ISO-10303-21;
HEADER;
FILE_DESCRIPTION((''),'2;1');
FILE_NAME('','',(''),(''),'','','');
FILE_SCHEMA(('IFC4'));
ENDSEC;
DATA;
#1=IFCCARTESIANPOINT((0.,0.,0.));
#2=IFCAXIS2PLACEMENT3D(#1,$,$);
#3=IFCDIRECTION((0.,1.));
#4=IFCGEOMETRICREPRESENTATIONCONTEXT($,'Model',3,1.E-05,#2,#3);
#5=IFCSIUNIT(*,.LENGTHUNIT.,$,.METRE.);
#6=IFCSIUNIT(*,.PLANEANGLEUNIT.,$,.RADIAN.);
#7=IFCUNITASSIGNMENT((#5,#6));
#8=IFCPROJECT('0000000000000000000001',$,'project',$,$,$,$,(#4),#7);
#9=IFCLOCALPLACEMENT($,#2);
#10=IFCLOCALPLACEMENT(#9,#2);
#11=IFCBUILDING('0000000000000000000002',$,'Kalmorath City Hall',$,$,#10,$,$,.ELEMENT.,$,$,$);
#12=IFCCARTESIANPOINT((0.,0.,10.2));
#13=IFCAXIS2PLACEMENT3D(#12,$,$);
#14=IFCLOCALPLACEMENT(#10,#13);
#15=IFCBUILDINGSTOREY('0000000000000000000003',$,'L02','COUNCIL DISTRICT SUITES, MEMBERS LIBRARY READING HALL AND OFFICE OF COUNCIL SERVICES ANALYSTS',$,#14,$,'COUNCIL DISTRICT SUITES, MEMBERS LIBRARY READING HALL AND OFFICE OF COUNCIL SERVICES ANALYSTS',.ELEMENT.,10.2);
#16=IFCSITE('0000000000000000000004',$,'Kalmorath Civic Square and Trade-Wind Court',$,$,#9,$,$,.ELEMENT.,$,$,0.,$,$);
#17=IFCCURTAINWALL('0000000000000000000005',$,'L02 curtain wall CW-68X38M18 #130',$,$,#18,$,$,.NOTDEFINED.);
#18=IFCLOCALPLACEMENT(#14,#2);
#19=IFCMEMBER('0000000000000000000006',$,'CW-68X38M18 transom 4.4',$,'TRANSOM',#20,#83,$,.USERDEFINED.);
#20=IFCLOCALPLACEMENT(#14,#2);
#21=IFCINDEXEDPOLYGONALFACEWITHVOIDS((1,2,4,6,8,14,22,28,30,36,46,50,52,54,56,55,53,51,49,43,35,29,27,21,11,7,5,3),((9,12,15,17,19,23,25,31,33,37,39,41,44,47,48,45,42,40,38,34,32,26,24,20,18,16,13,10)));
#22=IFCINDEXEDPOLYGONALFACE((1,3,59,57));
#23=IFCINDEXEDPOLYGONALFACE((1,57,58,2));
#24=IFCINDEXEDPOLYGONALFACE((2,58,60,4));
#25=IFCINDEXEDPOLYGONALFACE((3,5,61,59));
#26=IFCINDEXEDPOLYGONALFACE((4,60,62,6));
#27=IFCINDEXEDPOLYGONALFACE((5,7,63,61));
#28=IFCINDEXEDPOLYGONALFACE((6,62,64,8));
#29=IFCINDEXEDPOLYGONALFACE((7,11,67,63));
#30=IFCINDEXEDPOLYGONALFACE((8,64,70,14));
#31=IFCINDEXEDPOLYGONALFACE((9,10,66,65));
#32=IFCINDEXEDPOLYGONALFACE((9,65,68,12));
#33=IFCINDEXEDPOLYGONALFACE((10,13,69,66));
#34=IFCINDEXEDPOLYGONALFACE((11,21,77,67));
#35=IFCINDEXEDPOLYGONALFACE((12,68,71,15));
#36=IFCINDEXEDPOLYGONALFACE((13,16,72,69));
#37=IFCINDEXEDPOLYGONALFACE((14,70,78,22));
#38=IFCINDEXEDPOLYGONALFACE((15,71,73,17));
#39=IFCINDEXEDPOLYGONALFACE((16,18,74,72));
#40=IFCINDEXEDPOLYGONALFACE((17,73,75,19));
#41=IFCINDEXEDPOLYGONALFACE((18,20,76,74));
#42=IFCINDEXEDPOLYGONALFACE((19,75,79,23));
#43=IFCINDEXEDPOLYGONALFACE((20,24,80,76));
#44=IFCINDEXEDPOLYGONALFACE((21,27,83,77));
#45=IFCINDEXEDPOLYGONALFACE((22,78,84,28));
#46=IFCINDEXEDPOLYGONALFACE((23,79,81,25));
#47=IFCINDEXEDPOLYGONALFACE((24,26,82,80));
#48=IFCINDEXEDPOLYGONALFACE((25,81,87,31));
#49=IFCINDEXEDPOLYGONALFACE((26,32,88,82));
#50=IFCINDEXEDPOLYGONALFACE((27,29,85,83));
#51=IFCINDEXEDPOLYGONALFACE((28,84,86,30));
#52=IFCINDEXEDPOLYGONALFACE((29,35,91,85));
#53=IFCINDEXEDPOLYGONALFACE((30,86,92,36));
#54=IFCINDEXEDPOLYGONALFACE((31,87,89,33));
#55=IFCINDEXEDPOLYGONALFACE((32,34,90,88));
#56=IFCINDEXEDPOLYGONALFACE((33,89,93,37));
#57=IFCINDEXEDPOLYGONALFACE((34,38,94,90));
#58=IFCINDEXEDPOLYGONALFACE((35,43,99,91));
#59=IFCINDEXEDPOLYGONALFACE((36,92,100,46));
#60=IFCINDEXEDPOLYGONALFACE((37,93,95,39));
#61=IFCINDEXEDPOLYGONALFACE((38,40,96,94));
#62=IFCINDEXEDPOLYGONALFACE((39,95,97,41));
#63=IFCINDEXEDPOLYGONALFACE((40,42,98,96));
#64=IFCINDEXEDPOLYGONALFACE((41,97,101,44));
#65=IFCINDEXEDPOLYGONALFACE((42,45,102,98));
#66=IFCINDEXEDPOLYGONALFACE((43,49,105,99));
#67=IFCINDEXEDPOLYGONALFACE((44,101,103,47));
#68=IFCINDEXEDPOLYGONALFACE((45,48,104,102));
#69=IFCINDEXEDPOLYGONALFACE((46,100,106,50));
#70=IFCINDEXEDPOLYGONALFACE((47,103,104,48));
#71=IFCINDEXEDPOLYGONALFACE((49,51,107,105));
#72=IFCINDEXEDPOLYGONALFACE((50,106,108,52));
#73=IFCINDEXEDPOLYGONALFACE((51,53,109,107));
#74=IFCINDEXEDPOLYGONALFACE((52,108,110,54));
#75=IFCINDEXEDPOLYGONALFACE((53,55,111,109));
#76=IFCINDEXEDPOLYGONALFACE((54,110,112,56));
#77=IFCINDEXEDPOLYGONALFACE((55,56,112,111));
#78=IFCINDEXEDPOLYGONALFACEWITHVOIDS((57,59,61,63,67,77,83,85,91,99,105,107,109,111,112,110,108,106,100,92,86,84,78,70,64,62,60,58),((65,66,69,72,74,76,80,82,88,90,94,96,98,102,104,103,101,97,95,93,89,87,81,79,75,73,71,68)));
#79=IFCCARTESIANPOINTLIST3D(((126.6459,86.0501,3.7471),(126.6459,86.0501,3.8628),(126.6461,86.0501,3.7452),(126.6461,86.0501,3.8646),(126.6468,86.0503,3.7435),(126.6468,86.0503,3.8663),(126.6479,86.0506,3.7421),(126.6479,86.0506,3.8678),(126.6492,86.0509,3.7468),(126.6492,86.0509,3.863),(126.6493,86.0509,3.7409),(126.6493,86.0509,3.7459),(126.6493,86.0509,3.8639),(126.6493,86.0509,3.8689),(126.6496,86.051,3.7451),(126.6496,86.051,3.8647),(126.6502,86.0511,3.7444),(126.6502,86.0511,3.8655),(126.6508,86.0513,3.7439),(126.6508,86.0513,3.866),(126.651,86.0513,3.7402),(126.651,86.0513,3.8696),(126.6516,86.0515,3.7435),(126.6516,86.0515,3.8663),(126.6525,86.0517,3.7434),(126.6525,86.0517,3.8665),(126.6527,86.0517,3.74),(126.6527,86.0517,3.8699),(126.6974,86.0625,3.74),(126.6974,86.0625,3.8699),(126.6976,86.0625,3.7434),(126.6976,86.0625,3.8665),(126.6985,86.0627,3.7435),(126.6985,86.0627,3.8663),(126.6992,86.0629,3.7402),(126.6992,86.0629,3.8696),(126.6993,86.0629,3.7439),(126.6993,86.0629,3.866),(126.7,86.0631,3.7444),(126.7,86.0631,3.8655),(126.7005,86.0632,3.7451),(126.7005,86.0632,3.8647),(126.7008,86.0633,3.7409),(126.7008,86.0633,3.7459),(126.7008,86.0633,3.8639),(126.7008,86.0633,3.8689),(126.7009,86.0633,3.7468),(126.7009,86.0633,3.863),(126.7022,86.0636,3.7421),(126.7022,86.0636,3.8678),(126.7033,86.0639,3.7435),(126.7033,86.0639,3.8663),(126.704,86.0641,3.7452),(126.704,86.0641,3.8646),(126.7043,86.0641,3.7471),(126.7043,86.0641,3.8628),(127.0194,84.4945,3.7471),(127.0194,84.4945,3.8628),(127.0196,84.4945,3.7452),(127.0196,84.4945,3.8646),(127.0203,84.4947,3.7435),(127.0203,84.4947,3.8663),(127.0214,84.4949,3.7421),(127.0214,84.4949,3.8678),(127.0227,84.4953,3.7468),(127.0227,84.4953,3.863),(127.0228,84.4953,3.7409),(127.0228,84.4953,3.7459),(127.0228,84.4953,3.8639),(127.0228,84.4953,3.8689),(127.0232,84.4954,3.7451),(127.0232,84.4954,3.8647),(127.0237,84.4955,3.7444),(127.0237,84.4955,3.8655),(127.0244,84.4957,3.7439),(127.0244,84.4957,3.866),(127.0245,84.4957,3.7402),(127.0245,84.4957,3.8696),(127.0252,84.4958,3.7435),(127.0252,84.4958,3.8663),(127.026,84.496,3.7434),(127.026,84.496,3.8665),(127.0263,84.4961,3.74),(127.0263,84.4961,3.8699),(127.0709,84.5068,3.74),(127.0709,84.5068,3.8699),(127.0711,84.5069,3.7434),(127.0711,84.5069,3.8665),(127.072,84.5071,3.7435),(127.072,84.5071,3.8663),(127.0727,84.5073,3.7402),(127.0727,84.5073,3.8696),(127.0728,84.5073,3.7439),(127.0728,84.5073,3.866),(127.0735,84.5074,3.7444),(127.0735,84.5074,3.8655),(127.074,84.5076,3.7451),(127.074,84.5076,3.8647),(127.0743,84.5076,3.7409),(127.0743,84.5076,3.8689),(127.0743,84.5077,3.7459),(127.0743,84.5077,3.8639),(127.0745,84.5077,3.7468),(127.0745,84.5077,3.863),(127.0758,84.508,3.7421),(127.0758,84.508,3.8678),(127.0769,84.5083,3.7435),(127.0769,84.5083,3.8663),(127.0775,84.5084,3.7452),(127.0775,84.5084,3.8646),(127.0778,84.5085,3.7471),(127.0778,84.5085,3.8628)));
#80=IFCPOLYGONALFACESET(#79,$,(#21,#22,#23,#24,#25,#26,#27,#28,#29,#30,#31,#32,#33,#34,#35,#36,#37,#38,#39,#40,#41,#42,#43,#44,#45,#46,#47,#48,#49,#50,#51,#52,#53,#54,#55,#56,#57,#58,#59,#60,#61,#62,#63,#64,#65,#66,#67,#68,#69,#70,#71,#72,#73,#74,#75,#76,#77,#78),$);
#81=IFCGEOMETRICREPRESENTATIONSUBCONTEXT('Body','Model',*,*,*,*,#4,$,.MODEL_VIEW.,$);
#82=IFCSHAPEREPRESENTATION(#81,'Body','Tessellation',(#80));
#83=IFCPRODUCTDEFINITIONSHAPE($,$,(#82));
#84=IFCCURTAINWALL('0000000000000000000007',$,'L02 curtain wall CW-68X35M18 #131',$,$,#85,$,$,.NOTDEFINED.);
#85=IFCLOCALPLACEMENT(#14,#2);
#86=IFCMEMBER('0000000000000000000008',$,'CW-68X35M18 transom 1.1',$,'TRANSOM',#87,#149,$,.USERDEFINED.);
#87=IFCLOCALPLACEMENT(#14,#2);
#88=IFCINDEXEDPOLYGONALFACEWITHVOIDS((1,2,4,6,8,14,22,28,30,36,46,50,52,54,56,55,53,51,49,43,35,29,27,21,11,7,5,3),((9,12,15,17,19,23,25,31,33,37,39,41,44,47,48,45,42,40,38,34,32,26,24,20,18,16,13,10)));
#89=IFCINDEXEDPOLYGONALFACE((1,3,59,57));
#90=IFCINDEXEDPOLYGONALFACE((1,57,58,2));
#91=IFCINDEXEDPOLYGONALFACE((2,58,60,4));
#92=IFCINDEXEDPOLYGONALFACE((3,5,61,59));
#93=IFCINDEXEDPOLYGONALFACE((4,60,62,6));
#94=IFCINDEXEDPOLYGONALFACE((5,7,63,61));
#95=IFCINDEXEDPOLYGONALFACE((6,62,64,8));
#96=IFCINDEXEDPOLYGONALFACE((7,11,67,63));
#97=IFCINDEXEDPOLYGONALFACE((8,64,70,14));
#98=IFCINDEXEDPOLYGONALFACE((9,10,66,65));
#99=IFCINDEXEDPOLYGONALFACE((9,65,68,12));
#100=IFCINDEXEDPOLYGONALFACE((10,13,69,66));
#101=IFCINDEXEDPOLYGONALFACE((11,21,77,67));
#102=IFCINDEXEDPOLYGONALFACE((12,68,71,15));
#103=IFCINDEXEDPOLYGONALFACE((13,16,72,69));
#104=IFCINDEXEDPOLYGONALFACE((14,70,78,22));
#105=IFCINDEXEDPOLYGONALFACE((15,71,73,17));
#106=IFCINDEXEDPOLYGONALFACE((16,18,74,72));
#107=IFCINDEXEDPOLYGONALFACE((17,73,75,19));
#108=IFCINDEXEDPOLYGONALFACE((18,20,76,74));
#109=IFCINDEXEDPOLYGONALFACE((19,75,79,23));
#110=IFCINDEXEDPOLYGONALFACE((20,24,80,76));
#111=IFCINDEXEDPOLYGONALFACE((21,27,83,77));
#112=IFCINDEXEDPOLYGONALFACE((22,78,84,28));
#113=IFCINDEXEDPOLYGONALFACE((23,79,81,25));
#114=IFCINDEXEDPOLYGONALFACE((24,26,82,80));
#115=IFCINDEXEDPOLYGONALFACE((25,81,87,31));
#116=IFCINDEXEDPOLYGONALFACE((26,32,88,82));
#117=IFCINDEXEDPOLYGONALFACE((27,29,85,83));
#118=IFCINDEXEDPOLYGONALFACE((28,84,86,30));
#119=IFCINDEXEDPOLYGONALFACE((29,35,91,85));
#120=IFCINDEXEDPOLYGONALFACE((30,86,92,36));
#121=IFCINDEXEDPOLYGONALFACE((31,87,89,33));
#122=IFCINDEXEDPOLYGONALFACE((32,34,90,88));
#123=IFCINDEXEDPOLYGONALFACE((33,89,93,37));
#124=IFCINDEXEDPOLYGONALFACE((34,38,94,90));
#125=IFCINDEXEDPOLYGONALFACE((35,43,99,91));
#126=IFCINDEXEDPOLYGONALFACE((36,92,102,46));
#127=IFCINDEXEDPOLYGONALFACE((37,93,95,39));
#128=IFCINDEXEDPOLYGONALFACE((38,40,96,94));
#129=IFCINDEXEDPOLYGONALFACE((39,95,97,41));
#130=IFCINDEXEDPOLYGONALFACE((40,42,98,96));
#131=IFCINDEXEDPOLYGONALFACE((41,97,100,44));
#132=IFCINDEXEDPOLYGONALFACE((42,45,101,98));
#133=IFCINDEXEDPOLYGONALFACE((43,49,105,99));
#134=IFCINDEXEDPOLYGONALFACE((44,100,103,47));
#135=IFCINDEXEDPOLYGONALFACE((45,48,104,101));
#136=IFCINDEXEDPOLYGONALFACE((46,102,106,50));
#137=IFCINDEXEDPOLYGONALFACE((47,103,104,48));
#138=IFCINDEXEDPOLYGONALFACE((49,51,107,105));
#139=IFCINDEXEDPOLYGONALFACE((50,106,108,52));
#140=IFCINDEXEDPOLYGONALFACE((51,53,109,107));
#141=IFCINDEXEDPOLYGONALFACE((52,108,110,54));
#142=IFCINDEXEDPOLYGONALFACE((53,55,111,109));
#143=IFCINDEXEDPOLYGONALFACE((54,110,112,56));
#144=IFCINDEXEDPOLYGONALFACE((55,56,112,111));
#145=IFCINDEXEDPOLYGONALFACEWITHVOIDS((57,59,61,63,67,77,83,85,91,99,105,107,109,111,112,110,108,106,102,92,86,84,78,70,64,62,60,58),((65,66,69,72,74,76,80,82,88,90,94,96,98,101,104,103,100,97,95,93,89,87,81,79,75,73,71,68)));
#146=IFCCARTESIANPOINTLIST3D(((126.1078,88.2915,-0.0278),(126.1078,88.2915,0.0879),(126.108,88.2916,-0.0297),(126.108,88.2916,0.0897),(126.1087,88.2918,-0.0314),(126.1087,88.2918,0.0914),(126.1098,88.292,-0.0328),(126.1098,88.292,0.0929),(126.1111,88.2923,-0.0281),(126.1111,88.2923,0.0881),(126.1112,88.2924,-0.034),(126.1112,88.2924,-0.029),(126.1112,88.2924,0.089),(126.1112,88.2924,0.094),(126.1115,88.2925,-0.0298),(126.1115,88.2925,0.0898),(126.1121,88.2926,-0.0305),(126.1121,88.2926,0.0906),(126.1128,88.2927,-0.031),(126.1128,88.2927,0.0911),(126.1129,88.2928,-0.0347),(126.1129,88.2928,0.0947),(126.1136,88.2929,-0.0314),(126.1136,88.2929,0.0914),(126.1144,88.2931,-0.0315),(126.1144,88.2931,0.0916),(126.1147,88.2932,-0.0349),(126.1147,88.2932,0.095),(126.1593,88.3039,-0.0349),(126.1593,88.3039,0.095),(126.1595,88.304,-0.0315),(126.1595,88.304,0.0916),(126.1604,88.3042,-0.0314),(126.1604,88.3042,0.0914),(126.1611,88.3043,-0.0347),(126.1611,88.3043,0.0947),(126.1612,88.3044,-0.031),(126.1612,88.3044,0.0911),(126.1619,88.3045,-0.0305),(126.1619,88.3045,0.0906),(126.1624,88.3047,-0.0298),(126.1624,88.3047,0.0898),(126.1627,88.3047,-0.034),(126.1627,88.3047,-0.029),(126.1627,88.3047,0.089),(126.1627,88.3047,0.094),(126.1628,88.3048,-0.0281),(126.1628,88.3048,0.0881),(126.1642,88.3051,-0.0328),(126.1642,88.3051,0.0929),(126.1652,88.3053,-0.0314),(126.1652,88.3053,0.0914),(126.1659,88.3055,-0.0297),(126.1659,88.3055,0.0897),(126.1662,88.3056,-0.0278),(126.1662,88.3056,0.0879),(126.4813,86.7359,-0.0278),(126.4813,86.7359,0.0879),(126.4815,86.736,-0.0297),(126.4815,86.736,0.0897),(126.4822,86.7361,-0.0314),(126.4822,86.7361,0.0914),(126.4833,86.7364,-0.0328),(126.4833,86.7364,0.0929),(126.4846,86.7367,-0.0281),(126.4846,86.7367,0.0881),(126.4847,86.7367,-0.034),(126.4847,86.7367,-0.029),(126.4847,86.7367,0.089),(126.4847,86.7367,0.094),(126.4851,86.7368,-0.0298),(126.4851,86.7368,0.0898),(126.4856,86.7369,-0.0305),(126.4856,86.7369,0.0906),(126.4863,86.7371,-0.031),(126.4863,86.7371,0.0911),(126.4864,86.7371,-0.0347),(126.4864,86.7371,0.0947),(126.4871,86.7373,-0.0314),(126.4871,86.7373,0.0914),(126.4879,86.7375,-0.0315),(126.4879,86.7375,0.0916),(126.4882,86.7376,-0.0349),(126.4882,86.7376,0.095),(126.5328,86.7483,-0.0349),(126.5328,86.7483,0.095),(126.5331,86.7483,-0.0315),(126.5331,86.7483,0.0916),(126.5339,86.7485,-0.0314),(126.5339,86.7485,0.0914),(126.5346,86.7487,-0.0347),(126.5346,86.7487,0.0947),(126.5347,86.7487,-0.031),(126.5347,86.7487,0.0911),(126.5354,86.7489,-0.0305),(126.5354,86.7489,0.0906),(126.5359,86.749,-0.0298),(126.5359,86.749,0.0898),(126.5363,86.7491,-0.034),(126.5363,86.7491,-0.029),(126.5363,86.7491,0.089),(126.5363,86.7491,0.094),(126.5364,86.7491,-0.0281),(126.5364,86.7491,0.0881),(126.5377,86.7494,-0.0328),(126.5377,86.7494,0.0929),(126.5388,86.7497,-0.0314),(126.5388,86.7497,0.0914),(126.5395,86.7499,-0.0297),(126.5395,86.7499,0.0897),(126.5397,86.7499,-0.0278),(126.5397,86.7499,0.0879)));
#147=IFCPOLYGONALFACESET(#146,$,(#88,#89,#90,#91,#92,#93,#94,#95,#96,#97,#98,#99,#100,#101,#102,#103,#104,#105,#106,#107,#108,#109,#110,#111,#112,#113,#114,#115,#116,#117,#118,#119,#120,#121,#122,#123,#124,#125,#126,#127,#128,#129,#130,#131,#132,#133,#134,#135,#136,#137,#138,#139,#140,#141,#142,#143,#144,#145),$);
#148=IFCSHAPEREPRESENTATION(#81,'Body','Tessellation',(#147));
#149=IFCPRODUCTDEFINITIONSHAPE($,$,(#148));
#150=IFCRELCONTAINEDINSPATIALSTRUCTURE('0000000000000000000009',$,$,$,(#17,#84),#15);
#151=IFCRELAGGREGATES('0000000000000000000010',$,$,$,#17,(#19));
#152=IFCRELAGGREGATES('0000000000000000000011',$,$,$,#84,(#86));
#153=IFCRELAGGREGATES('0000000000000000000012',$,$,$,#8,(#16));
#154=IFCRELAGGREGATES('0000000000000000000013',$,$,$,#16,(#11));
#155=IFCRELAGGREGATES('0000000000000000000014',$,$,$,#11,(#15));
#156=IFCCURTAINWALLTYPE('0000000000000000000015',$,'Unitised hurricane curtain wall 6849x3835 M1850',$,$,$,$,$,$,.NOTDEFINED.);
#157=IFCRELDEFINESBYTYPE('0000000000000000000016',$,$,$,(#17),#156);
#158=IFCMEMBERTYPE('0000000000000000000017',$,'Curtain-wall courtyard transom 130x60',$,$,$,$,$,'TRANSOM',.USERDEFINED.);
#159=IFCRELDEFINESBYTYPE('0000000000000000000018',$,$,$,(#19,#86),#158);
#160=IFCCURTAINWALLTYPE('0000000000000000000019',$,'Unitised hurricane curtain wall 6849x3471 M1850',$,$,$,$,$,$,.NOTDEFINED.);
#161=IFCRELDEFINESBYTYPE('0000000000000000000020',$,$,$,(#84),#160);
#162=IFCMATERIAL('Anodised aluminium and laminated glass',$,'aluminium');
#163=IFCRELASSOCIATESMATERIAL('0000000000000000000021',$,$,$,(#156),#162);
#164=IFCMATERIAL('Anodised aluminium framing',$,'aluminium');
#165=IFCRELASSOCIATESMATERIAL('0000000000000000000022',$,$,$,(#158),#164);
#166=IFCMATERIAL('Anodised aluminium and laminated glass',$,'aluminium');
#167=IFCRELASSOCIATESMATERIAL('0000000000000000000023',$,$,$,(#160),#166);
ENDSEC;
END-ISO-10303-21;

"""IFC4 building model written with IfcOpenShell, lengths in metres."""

from ifc_helpers import new_model, si_unit, direction, frame, origin, origin_2d, place, context, subcontext, project, spatial, hollow_rectangle, extrude, material, material_profile, profile_set, type_object, element, aggregate, save


model = new_model("IFC4")

# Units and contexts
model_context = context("Model", 3, precision=1e-05, world=origin(), true_north=direction((0.0, 1.0)))
body_context = subcontext(model_context, "Body", "Model", "MODEL_VIEW")
ifc_project = project(units=[si_unit("LENGTHUNIT", "METRE"), si_unit("PLANEANGLEUNIT", "RADIAN")], contexts=[model_context])

# Site, building, storey
site_placement = place(None, origin())
site = spatial("IfcSite", under=ifc_project, at=site_placement, Name="Kalmorath Civic Square and Trade-Wind Court", CompositionType="ELEMENT", RefElevation=0.0)
building_placement = place(site_placement, origin())
building = spatial("IfcBuilding", under=site, at=building_placement, Name="Kalmorath City Hall", CompositionType="ELEMENT")
storey_placement = place(building_placement, frame((0.0, 0.0, 10.2)))
storey = spatial("IfcBuildingStorey", under=building, at=storey_placement, Name="L02", Description="COUNCIL DISTRICT SUITES, MEMBERS LIBRARY READING HALL AND OFFICE OF COUNCIL SERVICES ANALYSTS", LongName="COUNCIL DISTRICT SUITES, MEMBERS LIBRARY READING HALL AND OFFICE OF COUNCIL SERVICES ANALYSTS", CompositionType="ELEMENT", Elevation=10.2)

# Curtain walls, members
ifc_material_1 = material(Name="Anodised aluminium and laminated glass", Category="aluminium")
curtain_wall_type_1 = type_object("IfcCurtainWallType", Name="Unitised hurricane curtain wall 6849x3835 M1850", PredefinedType="NOTDEFINED", material=ifc_material_1)
curtain_wall_1_placement = place(storey_placement, origin())
curtain_wall_1 = element("IfcCurtainWall", 1, at=curtain_wall_1_placement, inside=storey, type_object=curtain_wall_type_1, Name="L02 curtain wall CW-68X38M18 #130", PredefinedType="NOTDEFINED")
ifc_material_2 = material(Name="Anodised aluminium framing", Category="aluminium")
ifc_material_profile_1 = material_profile(ifc_material_2, hollow_rectangle(XDim=0.0601, YDim=0.1299, WallThickness=0.0034, InnerFilletRadius=0.0034, OuterFilletRadius=0.0071, at=origin_2d()), Name="ALU-TRN-130X60X3.5")
ifc_profile_set_1 = profile_set([ifc_material_profile_1], Name="Anodised aluminium framing")
member_type_1 = type_object("IfcMemberType", Name="Curtain-wall courtyard transom 130x60", ElementType="TRANSOM", PredefinedType="USERDEFINED", material=ifc_profile_set_1)
member_1_placement = place(storey_placement, frame((127.0486, 84.5015, 3.8049), z_axis=(-0.233477, 0.972362, 0.0), x_axis=(-0.972362, -0.233477, 0.0)))
member_1 = element("IfcMember", 2, at=member_1_placement, type_object=member_type_1, Name="CW-68X38M18 transom 4.4", ObjectType="TRANSOM", PredefinedType="USERDEFINED", context=body_context, shape_type="SweptSolid", body=[
    extrude(hollow_rectangle(XDim=0.0601, YDim=0.1299, WallThickness=0.0034, InnerFilletRadius=0.0034, OuterFilletRadius=0.0071, at=origin_2d()), origin(), (0.0, 0.0, 1.0), 1.5999),
])
ifc_material_3 = material(Name="Anodised aluminium and laminated glass", Category="aluminium")
curtain_wall_type_2 = type_object("IfcCurtainWallType", Name="Unitised hurricane curtain wall 6849x3471 M1850", PredefinedType="NOTDEFINED", material=ifc_material_3)
curtain_wall_2_placement = place(storey_placement, origin())
curtain_wall_2 = element("IfcCurtainWall", 3, at=curtain_wall_2_placement, inside=storey, type_object=curtain_wall_type_2, Name="L02 curtain wall CW-68X35M18 #131", PredefinedType="NOTDEFINED")
member_2_placement = place(storey_placement, frame((126.5105, 86.7429, 0.03), z_axis=(-0.233477, 0.972362, 0.0), x_axis=(-0.972362, -0.233477, 0.0)))
member_2 = element("IfcMember", 4, at=member_2_placement, type_object=member_type_1, Name="CW-68X35M18 transom 1.1", ObjectType="TRANSOM", PredefinedType="USERDEFINED", context=body_context, shape_type="SweptSolid", body=[
    extrude(hollow_rectangle(XDim=0.0601, YDim=0.1299, WallThickness=0.0034, InnerFilletRadius=0.0034, OuterFilletRadius=0.0071, at=origin_2d()), origin(), (0.0, 0.0, 1.0), 1.5999),
])

aggregate(curtain_wall_1, [member_1])
aggregate(curtain_wall_2, [member_2])

save(model, "model.ifc")
